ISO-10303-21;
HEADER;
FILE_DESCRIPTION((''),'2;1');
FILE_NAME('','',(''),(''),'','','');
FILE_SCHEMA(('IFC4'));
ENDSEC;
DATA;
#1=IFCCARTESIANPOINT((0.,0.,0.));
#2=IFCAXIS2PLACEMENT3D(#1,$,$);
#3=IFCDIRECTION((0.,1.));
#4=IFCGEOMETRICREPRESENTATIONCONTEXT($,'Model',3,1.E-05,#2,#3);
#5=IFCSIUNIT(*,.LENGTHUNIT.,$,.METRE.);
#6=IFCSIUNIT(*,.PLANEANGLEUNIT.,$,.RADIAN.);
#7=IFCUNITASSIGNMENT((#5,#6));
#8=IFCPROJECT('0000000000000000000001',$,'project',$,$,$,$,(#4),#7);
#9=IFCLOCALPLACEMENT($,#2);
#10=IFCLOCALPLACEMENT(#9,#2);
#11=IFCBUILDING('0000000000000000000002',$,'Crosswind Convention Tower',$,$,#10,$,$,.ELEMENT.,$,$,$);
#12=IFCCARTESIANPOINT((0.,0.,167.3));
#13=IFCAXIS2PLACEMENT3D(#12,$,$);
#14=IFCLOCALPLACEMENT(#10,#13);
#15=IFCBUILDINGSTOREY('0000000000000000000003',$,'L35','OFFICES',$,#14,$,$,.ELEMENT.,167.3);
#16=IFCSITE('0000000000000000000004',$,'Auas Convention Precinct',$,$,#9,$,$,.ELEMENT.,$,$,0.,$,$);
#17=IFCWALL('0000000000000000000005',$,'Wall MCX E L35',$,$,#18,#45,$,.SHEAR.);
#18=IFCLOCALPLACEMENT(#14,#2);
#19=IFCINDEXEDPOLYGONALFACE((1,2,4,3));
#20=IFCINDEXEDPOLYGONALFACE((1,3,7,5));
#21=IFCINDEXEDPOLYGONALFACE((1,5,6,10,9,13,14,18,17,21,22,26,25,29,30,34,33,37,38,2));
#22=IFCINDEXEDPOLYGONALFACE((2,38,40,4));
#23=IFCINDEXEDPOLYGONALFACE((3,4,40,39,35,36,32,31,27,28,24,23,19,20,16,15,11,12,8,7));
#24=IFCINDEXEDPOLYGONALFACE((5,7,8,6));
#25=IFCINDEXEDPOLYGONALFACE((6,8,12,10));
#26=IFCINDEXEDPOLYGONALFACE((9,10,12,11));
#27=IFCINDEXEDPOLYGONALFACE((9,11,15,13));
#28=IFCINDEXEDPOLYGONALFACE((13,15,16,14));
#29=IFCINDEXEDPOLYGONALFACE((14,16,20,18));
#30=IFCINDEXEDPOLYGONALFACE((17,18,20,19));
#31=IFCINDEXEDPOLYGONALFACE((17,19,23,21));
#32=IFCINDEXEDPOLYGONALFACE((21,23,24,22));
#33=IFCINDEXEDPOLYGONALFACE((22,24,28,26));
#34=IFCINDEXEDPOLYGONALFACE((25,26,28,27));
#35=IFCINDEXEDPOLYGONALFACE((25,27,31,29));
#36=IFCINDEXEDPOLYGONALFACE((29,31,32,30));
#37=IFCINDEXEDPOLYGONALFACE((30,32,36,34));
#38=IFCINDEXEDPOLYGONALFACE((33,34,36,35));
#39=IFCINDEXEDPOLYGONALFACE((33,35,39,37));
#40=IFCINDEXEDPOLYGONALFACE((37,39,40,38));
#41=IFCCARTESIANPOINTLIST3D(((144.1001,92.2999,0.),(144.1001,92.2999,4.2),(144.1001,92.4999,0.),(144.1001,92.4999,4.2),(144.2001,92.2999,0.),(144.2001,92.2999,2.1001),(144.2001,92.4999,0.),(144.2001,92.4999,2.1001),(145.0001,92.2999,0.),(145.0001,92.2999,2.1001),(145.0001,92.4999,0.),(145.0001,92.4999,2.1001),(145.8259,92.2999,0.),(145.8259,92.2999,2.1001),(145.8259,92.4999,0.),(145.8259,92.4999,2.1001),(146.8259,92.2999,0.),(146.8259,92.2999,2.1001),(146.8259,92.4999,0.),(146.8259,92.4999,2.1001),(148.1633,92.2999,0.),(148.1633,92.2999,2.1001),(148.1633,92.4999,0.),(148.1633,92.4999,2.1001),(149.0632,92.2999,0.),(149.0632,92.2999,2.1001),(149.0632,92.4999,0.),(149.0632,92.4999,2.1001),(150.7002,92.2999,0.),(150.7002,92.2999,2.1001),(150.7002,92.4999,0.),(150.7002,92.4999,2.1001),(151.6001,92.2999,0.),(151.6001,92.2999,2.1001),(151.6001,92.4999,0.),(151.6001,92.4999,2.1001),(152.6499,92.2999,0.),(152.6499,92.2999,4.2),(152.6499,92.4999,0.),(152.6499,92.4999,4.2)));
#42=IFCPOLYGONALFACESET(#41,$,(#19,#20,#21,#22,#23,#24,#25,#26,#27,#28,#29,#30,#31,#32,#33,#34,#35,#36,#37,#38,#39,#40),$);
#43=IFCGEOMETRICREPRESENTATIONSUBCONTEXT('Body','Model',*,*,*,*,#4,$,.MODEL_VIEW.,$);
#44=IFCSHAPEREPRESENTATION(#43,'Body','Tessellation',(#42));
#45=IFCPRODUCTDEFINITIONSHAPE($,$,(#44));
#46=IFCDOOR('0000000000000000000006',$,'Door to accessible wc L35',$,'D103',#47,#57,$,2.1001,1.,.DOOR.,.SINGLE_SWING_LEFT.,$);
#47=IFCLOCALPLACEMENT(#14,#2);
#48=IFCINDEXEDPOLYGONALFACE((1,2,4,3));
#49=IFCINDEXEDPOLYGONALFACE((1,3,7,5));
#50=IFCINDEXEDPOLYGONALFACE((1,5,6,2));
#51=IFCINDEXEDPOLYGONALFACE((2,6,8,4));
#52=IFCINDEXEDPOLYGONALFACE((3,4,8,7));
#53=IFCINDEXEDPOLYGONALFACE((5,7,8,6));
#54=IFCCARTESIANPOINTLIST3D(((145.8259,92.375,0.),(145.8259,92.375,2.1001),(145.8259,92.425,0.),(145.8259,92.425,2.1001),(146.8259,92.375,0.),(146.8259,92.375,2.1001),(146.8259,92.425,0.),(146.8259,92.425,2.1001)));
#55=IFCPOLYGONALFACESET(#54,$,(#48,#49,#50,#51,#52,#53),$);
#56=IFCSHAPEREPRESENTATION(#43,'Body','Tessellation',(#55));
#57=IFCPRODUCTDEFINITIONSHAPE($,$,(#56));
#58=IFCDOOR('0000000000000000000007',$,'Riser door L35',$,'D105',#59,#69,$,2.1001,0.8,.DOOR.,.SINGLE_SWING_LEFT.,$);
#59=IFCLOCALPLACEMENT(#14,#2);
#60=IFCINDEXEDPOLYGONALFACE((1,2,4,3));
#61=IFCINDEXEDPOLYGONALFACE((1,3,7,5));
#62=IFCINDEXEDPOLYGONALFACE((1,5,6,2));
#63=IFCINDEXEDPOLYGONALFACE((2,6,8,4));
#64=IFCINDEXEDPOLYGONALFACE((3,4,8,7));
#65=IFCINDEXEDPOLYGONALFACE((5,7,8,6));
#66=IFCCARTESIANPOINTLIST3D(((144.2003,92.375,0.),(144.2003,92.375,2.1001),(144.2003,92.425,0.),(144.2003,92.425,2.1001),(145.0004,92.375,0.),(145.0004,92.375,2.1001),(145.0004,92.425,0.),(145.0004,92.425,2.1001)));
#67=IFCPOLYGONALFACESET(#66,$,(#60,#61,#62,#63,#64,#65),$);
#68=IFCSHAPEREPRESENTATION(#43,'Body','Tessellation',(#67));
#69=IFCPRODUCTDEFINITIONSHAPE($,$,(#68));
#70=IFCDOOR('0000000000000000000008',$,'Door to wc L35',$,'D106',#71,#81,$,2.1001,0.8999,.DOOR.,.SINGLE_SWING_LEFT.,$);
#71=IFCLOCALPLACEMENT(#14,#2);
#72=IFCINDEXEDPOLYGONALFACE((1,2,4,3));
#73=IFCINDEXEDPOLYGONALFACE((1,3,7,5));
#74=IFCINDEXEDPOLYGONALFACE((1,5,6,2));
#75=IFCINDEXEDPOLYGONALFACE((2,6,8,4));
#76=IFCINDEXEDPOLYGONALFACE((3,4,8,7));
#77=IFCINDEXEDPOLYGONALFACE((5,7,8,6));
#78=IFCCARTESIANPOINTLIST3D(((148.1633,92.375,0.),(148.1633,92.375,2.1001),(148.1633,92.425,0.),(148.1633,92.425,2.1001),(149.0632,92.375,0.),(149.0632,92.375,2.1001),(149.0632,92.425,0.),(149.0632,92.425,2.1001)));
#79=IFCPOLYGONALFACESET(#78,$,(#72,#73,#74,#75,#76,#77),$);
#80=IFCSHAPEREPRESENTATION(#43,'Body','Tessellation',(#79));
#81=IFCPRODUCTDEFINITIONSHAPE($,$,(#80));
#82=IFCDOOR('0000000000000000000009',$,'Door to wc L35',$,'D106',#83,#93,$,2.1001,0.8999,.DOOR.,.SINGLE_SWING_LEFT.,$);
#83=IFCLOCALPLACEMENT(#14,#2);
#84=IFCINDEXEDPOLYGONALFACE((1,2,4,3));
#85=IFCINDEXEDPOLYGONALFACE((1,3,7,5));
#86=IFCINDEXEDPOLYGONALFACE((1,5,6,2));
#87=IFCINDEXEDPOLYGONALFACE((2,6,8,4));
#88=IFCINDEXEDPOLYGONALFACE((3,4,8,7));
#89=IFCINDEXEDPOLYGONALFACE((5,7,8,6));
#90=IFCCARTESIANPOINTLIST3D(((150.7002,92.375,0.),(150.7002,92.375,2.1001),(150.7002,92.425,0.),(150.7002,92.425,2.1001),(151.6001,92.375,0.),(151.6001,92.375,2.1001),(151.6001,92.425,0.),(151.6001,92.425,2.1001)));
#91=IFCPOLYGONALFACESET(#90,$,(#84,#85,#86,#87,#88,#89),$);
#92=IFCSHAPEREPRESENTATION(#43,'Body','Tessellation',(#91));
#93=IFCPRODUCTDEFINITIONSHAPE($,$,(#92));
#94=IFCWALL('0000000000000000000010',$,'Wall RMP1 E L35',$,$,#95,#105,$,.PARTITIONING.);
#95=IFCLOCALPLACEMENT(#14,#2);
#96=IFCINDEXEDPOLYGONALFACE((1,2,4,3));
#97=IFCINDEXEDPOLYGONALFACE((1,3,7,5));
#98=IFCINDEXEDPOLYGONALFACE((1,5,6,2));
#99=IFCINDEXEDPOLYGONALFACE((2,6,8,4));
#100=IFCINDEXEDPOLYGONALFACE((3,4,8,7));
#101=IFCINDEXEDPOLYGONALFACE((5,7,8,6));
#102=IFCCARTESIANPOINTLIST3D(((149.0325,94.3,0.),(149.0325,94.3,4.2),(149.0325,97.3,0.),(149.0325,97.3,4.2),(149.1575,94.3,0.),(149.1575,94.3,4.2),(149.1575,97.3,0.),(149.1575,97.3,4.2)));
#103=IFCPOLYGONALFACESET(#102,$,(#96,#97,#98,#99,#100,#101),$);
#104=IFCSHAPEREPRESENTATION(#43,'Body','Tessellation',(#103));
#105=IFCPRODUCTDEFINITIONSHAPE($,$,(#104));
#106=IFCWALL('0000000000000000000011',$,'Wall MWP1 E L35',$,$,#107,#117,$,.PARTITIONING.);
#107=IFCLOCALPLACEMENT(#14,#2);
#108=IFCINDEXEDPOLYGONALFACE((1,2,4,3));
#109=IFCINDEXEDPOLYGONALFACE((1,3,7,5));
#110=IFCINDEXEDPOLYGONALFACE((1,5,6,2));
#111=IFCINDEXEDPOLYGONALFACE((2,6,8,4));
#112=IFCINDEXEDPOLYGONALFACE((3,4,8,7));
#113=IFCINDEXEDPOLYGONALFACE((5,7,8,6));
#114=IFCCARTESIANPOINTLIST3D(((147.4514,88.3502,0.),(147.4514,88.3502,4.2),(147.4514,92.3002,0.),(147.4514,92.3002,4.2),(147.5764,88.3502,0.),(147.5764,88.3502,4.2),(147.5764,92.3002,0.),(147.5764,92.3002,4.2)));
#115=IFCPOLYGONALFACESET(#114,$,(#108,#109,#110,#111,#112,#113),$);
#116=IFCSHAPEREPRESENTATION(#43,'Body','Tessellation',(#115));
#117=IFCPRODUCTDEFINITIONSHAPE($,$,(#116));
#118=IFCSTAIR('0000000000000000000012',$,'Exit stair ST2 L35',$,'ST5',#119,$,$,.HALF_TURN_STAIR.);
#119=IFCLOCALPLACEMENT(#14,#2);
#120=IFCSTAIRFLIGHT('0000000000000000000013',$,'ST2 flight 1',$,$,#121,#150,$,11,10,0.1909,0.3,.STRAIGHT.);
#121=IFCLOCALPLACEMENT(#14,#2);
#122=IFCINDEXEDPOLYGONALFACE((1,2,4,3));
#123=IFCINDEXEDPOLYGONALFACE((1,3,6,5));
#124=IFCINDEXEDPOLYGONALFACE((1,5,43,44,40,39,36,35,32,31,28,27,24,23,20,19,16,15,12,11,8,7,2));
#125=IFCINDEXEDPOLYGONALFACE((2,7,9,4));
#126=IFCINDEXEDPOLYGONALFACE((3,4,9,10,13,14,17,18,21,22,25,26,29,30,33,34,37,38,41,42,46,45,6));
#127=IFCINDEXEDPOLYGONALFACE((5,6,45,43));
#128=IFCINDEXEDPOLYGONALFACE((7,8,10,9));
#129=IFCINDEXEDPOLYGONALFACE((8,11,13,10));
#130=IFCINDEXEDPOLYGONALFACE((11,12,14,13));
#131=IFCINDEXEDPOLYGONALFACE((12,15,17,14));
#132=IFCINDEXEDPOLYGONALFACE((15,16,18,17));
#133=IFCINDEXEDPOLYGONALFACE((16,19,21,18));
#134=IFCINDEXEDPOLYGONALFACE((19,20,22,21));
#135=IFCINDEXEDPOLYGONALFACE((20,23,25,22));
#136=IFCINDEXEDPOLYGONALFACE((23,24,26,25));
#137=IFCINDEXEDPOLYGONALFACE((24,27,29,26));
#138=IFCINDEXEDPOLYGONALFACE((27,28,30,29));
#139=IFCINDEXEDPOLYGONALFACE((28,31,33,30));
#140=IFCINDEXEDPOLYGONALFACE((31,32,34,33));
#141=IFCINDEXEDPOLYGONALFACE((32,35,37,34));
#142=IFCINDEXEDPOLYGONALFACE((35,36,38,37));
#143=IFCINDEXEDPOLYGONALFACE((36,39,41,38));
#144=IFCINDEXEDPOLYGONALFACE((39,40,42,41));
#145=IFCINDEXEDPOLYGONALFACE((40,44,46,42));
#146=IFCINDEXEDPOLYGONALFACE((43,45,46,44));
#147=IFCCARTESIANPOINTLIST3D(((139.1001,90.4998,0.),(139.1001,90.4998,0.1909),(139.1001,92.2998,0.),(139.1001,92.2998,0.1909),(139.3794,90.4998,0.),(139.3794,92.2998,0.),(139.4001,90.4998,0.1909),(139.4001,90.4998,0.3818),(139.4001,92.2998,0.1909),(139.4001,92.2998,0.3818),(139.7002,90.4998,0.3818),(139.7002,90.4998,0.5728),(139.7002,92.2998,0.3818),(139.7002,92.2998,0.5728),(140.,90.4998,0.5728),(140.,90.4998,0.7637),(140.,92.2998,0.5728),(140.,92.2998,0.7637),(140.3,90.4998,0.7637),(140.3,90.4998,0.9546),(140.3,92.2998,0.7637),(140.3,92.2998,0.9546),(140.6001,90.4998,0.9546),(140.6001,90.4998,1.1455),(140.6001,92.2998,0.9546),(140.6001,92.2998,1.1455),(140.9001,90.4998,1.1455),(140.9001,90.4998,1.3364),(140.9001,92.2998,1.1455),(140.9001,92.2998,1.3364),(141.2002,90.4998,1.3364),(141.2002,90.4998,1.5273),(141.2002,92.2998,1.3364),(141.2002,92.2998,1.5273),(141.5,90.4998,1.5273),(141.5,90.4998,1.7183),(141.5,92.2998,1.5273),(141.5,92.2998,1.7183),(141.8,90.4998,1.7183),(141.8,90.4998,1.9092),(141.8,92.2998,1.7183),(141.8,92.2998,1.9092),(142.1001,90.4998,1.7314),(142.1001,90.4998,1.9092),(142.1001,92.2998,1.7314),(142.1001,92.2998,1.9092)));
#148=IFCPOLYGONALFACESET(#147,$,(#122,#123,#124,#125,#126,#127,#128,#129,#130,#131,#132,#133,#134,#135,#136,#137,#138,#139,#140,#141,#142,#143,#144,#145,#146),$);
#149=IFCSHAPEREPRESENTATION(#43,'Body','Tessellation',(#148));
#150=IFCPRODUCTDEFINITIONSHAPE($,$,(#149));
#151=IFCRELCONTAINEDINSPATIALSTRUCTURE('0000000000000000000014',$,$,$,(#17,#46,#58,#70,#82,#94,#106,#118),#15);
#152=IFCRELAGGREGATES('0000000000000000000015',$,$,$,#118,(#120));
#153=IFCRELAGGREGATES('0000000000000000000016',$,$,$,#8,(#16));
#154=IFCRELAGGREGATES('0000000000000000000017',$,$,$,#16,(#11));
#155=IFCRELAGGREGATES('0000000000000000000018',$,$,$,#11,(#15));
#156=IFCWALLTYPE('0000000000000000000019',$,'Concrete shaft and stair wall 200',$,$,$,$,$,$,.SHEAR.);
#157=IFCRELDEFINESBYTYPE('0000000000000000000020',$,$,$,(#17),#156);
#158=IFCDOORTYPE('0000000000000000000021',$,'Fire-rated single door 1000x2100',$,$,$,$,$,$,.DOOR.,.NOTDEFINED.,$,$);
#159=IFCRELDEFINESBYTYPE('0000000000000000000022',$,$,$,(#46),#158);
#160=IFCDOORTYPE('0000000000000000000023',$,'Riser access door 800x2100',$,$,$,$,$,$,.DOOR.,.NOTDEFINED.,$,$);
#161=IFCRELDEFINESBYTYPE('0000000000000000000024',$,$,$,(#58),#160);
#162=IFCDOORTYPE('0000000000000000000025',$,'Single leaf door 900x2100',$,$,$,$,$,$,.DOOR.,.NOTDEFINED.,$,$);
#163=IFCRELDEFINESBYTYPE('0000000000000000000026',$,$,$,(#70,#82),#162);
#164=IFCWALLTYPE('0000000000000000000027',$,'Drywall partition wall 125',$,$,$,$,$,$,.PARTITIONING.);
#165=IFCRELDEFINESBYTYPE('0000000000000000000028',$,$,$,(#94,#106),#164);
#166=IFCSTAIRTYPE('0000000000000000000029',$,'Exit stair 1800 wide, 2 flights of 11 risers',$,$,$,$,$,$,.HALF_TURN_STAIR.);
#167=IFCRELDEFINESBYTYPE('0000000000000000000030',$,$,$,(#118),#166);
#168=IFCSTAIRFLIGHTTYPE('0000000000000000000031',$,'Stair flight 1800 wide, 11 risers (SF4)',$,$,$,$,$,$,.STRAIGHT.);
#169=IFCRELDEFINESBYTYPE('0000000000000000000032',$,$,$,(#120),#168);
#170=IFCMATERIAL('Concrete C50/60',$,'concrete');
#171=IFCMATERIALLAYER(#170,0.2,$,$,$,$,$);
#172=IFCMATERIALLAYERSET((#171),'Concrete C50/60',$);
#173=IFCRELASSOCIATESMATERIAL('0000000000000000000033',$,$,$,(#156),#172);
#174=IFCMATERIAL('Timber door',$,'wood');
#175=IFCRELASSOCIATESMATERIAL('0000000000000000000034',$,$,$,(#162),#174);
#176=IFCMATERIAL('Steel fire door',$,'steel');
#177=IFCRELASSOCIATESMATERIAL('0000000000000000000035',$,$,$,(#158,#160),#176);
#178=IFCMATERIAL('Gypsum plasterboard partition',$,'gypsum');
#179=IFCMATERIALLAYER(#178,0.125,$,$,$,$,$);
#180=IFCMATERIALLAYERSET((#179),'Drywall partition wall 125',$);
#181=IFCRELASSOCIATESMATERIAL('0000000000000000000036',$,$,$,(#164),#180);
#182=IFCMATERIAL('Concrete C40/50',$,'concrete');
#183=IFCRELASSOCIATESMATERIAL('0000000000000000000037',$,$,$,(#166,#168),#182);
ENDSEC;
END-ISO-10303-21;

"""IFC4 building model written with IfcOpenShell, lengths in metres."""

from ifc_helpers import new_model, si_unit, direction, frame, frame_2d, origin, place, context, subcontext, project, spatial, polyline, rectangle, outline, extrude, material, layer, layer_set, type_object, element, fill, aggregate, save


model = new_model("IFC4")

# Units and contexts
model_context = context("Model", 3, precision=1e-05, world=origin(), true_north=direction((0.0, 1.0)))
body_context = subcontext(model_context, "Body", "Model", "MODEL_VIEW")
ifc_project = project(units=[si_unit("LENGTHUNIT", "METRE"), si_unit("PLANEANGLEUNIT", "RADIAN")], contexts=[model_context])

# Site, building, storey
site_placement = place(None, origin())
site = spatial("IfcSite", under=ifc_project, at=site_placement, Name="Auas Convention Precinct", CompositionType="ELEMENT", RefElevation=0.0)
building_placement = place(site_placement, origin())
building = spatial("IfcBuilding", under=site, at=building_placement, Name="Crosswind Convention Tower", CompositionType="ELEMENT")
storey_placement = place(building_placement, frame((0.0, 0.0, 167.3)))
storey = spatial("IfcBuildingStorey", under=building, at=storey_placement, Name="L35", Description="OFFICES", CompositionType="ELEMENT", Elevation=167.3)

# Shared definitions
ifc_material_1 = material(Name="Concrete C50/60", Category="concrete")
ifc_layer_1 = layer(ifc_material_1, 0.2)
ifc_layer_set_1 = layer_set([ifc_layer_1], Name="Concrete C50/60")
wall_type_1 = type_object("IfcWallType", Name="Concrete shaft and stair wall 200", PredefinedType="SHEAR", material=ifc_layer_set_1)

# Shared definitions
ifc_material_2 = material(Name="Timber door", Category="wood")
door_type_1 = type_object("IfcDoorType", Name="Single leaf door 900x2100", OperationType="NOTDEFINED", PredefinedType="DOOR", material=ifc_material_2)

# Wall, openings, doors
wall_1_placement = place(storey_placement, frame((144.1001, 92.3999, 0.0), z_axis=(0.0, 0.0, 1.0), x_axis=(1.0, 0.0, 0.0)))
wall_1 = element("IfcWall", 1, at=wall_1_placement, inside=storey, type_object=wall_type_1, Name="Wall MCX E L35", PredefinedType="SHEAR", context=body_context, shape_type="SweptSolid", body=[
    extrude(rectangle(XDim=8.5498, YDim=0.2, at=frame_2d((4.2749, 0.0))), origin(), (0.0, 0.0, 1.0), 4.2),
])
opening_1_placement = place(wall_1_placement, frame((0.1001, 0.0, 0.0)))
opening_1 = element("IfcOpeningElement", 2, at=opening_1_placement, cuts=wall_1, PredefinedType="OPENING", context=body_context, shape_type="SweptSolid", body=[
    extrude(rectangle(XDim=0.8, YDim=2.1001, at=frame_2d((0.3999, 1.05))), frame((0.0, 0.1099, 0.0), z_axis=(0.0, -1.0, 0.0), x_axis=(1.0, 0.0, 0.0)), (0.0, 0.0, 1.0), 0.22),
])
opening_2_placement = place(wall_1_placement, frame((1.7258, 0.0, 0.0)))
opening_2 = element("IfcOpeningElement", 3, at=opening_2_placement, cuts=wall_1, PredefinedType="OPENING", context=body_context, shape_type="SweptSolid", body=[
    extrude(rectangle(XDim=1.0, YDim=2.1001, at=frame_2d((0.5, 1.05))), frame((0.0, 0.1099, 0.0), z_axis=(0.0, -1.0, 0.0), x_axis=(1.0, 0.0, 0.0)), (0.0, 0.0, 1.0), 0.22),
])
opening_3_placement = place(wall_1_placement, frame((4.0632, 0.0, 0.0)))
opening_3 = element("IfcOpeningElement", 4, at=opening_3_placement, cuts=wall_1, PredefinedType="OPENING", context=body_context, shape_type="SweptSolid", body=[
    extrude(rectangle(XDim=0.8999, YDim=2.1001, at=frame_2d((0.45, 1.05))), frame((0.0, 0.1099, 0.0), z_axis=(0.0, -1.0, 0.0), x_axis=(1.0, 0.0, 0.0)), (0.0, 0.0, 1.0), 0.22),
])
opening_4_placement = place(wall_1_placement, frame((6.6001, 0.0, 0.0)))
opening_4 = element("IfcOpeningElement", 5, at=opening_4_placement, cuts=wall_1, PredefinedType="OPENING", context=body_context, shape_type="SweptSolid", body=[
    extrude(rectangle(XDim=0.8999, YDim=2.1001, at=frame_2d((0.45, 1.05))), frame((0.0, 0.1099, 0.0), z_axis=(0.0, -1.0, 0.0), x_axis=(1.0, 0.0, 0.0)), (0.0, 0.0, 1.0), 0.22),
])
ifc_material_3 = material(Name="Steel fire door", Category="steel")
door_type_2 = type_object("IfcDoorType", Name="Fire-rated single door 1000x2100", OperationType="NOTDEFINED", PredefinedType="DOOR", material=ifc_material_3)
door_1_placement = place(opening_2_placement, frame((1.0, 0.0, 0.0), z_axis=(0.0, 0.0, 1.0), x_axis=(-1.0, 0.0, 0.0)))
door_1 = element("IfcDoor", 6, at=door_1_placement, inside=storey, type_object=door_type_2, Name="Door to accessible wc L35", ObjectType="D103", OperationType="SINGLE_SWING_LEFT", OverallHeight=2.1001, OverallWidth=1.0, PredefinedType="DOOR", context=body_context, shape_type="SweptSolid", body=[
    extrude(rectangle(XDim=1.0, YDim=2.1001, at=frame_2d((0.5, 1.05))), frame((0.0, 0.0249, 0.0), z_axis=(0.0, -1.0, 0.0), x_axis=(1.0, 0.0, 0.0)), (0.0, 0.0, 1.0), 0.05),
])
fill(opening_2, door_1)
door_type_3 = type_object("IfcDoorType", Name="Riser access door 800x2100", OperationType="NOTDEFINED", PredefinedType="DOOR", material=ifc_material_3)
door_2_placement = place(opening_1_placement, frame((0.8, 0.0, 0.0), z_axis=(0.0, 0.0, 1.0), x_axis=(-1.0, 0.0, 0.0)))
door_2 = element("IfcDoor", 7, at=door_2_placement, inside=storey, type_object=door_type_3, Name="Riser door L35", ObjectType="D105", OperationType="SINGLE_SWING_LEFT", OverallHeight=2.1001, OverallWidth=0.8, PredefinedType="DOOR", context=body_context, shape_type="SweptSolid", body=[
    extrude(rectangle(XDim=0.8, YDim=2.1001, at=frame_2d((0.3999, 1.05))), frame((0.0, 0.0249, 0.0), z_axis=(0.0, -1.0, 0.0), x_axis=(1.0, 0.0, 0.0)), (0.0, 0.0, 1.0), 0.05),
])
fill(opening_1, door_2)
door_3_placement = place(opening_3_placement, frame((0.8999, 0.0, 0.0), z_axis=(0.0, 0.0, 1.0), x_axis=(-1.0, 0.0, 0.0)))
door_3 = element("IfcDoor", 8, at=door_3_placement, inside=storey, type_object=door_type_1, Name="Door to wc L35", ObjectType="D106", OperationType="SINGLE_SWING_LEFT", OverallHeight=2.1001, OverallWidth=0.8999, PredefinedType="DOOR", context=body_context, shape_type="SweptSolid", body=[
    extrude(rectangle(XDim=0.8999, YDim=2.1001, at=frame_2d((0.45, 1.05))), frame((0.0, 0.0249, 0.0), z_axis=(0.0, -1.0, 0.0), x_axis=(1.0, 0.0, 0.0)), (0.0, 0.0, 1.0), 0.05),
])
fill(opening_3, door_3)
door_4_placement = place(opening_4_placement, frame((0.8999, 0.0, 0.0), z_axis=(0.0, 0.0, 1.0), x_axis=(-1.0, 0.0, 0.0)))
door_4 = element("IfcDoor", 9, at=door_4_placement, inside=storey, type_object=door_type_1, Name="Door to wc L35", ObjectType="D106", OperationType="SINGLE_SWING_LEFT", OverallHeight=2.1001, OverallWidth=0.8999, PredefinedType="DOOR", context=body_context, shape_type="SweptSolid", body=[
    extrude(rectangle(XDim=0.8999, YDim=2.1001, at=frame_2d((0.45, 1.05))), frame((0.0, 0.0249, 0.0), z_axis=(0.0, -1.0, 0.0), x_axis=(1.0, 0.0, 0.0)), (0.0, 0.0, 1.0), 0.05),
])
fill(opening_4, door_4)

# Walls
ifc_material_4 = material(Name="Gypsum plasterboard partition", Category="gypsum")
ifc_layer_2 = layer(ifc_material_4, 0.125)
ifc_layer_set_2 = layer_set([ifc_layer_2], Name="Drywall partition wall 125")
wall_type_2 = type_object("IfcWallType", Name="Drywall partition wall 125", PredefinedType="PARTITIONING", material=ifc_layer_set_2)
wall_2_placement = place(storey_placement, frame((149.095, 94.3, 0.0), z_axis=(0.0, 0.0, 1.0), x_axis=(0.0, 1.0, 0.0)))
element("IfcWall", 10, at=wall_2_placement, inside=storey, type_object=wall_type_2, Name="Wall RMP1 E L35", PredefinedType="PARTITIONING", context=body_context, shape_type="SweptSolid", body=[
    extrude(rectangle(XDim=3.0, YDim=0.125, at=frame_2d((1.5, 0.0))), origin(), (0.0, 0.0, 1.0), 4.2),
])
wall_3_placement = place(storey_placement, frame((147.5139, 88.3501, 0.0), z_axis=(0.0, 0.0, 1.0), x_axis=(0.0, 1.0, 0.0)))
element("IfcWall", 11, at=wall_3_placement, inside=storey, type_object=wall_type_2, Name="Wall MWP1 E L35", PredefinedType="PARTITIONING", context=body_context, shape_type="SweptSolid", body=[
    extrude(rectangle(XDim=3.95, YDim=0.125, at=frame_2d((1.9751, 0.0))), origin(), (0.0, 0.0, 1.0), 4.2),
])

# Stair, stair flight
ifc_material_5 = material(Name="Concrete C40/50", Category="concrete")
stair_type = type_object("IfcStairType", Name="Exit stair 1800 wide, 2 flights of 11 risers", PredefinedType="HALF_TURN_STAIR", material=ifc_material_5)
stair_placement = place(storey_placement, origin())
stair = element("IfcStair", 12, at=stair_placement, inside=storey, type_object=stair_type, Name="Exit stair ST2 L35", ObjectType="ST5", PredefinedType="HALF_TURN_STAIR")
stair_flight_type = type_object("IfcStairFlightType", Name="Stair flight 1800 wide, 11 risers (SF4)", PredefinedType="STRAIGHT", material=ifc_material_5)
stair_flight_1_placement = place(storey_placement, frame((139.1001, 91.3999, 0.0), z_axis=(0.0, 0.0, 1.0), x_axis=(1.0, 0.0, 0.0)))
stair_flight_1 = element("IfcStairFlight", 13, at=stair_flight_1_placement, type_object=stair_flight_type, Name="ST2 flight 1", NumberOfRisers=11, NumberOfTreads=10, PredefinedType="STRAIGHT", RiserHeight=0.1909, TreadLength=0.3, context=body_context, shape_type="SweptSolid", body=[
    extrude(outline(polyline([(0.0, 0.0), (0.0, 0.1909), (0.3, 0.1909), (0.3, 0.3818), (0.6001, 0.3818), (0.6001, 0.5728), (0.8999, 0.5728), (0.8999, 0.7637), (1.2, 0.7637), (1.2, 0.9546), (1.5, 0.9546), (1.5, 1.1455), (1.8, 1.1455), (1.8, 1.3364), (2.1001, 1.3364), (2.1001, 1.5273), (2.3999, 1.5273), (2.3999, 1.7183), (2.7, 1.7183), (2.7, 1.9092), (3.0, 1.9092), (3.0, 2.1001), (3.0, 1.7314), (0.2793, 0.0), (0.0, 0.0)])), frame((0.0, 0.8999, 0.0), z_axis=(0.0, -1.0, 0.0), x_axis=(1.0, 0.0, 0.0)), (0.0, 0.0, 1.0), 1.8),
])
aggregate(stair, [stair_flight_1])

save(model, "model.ifc")
